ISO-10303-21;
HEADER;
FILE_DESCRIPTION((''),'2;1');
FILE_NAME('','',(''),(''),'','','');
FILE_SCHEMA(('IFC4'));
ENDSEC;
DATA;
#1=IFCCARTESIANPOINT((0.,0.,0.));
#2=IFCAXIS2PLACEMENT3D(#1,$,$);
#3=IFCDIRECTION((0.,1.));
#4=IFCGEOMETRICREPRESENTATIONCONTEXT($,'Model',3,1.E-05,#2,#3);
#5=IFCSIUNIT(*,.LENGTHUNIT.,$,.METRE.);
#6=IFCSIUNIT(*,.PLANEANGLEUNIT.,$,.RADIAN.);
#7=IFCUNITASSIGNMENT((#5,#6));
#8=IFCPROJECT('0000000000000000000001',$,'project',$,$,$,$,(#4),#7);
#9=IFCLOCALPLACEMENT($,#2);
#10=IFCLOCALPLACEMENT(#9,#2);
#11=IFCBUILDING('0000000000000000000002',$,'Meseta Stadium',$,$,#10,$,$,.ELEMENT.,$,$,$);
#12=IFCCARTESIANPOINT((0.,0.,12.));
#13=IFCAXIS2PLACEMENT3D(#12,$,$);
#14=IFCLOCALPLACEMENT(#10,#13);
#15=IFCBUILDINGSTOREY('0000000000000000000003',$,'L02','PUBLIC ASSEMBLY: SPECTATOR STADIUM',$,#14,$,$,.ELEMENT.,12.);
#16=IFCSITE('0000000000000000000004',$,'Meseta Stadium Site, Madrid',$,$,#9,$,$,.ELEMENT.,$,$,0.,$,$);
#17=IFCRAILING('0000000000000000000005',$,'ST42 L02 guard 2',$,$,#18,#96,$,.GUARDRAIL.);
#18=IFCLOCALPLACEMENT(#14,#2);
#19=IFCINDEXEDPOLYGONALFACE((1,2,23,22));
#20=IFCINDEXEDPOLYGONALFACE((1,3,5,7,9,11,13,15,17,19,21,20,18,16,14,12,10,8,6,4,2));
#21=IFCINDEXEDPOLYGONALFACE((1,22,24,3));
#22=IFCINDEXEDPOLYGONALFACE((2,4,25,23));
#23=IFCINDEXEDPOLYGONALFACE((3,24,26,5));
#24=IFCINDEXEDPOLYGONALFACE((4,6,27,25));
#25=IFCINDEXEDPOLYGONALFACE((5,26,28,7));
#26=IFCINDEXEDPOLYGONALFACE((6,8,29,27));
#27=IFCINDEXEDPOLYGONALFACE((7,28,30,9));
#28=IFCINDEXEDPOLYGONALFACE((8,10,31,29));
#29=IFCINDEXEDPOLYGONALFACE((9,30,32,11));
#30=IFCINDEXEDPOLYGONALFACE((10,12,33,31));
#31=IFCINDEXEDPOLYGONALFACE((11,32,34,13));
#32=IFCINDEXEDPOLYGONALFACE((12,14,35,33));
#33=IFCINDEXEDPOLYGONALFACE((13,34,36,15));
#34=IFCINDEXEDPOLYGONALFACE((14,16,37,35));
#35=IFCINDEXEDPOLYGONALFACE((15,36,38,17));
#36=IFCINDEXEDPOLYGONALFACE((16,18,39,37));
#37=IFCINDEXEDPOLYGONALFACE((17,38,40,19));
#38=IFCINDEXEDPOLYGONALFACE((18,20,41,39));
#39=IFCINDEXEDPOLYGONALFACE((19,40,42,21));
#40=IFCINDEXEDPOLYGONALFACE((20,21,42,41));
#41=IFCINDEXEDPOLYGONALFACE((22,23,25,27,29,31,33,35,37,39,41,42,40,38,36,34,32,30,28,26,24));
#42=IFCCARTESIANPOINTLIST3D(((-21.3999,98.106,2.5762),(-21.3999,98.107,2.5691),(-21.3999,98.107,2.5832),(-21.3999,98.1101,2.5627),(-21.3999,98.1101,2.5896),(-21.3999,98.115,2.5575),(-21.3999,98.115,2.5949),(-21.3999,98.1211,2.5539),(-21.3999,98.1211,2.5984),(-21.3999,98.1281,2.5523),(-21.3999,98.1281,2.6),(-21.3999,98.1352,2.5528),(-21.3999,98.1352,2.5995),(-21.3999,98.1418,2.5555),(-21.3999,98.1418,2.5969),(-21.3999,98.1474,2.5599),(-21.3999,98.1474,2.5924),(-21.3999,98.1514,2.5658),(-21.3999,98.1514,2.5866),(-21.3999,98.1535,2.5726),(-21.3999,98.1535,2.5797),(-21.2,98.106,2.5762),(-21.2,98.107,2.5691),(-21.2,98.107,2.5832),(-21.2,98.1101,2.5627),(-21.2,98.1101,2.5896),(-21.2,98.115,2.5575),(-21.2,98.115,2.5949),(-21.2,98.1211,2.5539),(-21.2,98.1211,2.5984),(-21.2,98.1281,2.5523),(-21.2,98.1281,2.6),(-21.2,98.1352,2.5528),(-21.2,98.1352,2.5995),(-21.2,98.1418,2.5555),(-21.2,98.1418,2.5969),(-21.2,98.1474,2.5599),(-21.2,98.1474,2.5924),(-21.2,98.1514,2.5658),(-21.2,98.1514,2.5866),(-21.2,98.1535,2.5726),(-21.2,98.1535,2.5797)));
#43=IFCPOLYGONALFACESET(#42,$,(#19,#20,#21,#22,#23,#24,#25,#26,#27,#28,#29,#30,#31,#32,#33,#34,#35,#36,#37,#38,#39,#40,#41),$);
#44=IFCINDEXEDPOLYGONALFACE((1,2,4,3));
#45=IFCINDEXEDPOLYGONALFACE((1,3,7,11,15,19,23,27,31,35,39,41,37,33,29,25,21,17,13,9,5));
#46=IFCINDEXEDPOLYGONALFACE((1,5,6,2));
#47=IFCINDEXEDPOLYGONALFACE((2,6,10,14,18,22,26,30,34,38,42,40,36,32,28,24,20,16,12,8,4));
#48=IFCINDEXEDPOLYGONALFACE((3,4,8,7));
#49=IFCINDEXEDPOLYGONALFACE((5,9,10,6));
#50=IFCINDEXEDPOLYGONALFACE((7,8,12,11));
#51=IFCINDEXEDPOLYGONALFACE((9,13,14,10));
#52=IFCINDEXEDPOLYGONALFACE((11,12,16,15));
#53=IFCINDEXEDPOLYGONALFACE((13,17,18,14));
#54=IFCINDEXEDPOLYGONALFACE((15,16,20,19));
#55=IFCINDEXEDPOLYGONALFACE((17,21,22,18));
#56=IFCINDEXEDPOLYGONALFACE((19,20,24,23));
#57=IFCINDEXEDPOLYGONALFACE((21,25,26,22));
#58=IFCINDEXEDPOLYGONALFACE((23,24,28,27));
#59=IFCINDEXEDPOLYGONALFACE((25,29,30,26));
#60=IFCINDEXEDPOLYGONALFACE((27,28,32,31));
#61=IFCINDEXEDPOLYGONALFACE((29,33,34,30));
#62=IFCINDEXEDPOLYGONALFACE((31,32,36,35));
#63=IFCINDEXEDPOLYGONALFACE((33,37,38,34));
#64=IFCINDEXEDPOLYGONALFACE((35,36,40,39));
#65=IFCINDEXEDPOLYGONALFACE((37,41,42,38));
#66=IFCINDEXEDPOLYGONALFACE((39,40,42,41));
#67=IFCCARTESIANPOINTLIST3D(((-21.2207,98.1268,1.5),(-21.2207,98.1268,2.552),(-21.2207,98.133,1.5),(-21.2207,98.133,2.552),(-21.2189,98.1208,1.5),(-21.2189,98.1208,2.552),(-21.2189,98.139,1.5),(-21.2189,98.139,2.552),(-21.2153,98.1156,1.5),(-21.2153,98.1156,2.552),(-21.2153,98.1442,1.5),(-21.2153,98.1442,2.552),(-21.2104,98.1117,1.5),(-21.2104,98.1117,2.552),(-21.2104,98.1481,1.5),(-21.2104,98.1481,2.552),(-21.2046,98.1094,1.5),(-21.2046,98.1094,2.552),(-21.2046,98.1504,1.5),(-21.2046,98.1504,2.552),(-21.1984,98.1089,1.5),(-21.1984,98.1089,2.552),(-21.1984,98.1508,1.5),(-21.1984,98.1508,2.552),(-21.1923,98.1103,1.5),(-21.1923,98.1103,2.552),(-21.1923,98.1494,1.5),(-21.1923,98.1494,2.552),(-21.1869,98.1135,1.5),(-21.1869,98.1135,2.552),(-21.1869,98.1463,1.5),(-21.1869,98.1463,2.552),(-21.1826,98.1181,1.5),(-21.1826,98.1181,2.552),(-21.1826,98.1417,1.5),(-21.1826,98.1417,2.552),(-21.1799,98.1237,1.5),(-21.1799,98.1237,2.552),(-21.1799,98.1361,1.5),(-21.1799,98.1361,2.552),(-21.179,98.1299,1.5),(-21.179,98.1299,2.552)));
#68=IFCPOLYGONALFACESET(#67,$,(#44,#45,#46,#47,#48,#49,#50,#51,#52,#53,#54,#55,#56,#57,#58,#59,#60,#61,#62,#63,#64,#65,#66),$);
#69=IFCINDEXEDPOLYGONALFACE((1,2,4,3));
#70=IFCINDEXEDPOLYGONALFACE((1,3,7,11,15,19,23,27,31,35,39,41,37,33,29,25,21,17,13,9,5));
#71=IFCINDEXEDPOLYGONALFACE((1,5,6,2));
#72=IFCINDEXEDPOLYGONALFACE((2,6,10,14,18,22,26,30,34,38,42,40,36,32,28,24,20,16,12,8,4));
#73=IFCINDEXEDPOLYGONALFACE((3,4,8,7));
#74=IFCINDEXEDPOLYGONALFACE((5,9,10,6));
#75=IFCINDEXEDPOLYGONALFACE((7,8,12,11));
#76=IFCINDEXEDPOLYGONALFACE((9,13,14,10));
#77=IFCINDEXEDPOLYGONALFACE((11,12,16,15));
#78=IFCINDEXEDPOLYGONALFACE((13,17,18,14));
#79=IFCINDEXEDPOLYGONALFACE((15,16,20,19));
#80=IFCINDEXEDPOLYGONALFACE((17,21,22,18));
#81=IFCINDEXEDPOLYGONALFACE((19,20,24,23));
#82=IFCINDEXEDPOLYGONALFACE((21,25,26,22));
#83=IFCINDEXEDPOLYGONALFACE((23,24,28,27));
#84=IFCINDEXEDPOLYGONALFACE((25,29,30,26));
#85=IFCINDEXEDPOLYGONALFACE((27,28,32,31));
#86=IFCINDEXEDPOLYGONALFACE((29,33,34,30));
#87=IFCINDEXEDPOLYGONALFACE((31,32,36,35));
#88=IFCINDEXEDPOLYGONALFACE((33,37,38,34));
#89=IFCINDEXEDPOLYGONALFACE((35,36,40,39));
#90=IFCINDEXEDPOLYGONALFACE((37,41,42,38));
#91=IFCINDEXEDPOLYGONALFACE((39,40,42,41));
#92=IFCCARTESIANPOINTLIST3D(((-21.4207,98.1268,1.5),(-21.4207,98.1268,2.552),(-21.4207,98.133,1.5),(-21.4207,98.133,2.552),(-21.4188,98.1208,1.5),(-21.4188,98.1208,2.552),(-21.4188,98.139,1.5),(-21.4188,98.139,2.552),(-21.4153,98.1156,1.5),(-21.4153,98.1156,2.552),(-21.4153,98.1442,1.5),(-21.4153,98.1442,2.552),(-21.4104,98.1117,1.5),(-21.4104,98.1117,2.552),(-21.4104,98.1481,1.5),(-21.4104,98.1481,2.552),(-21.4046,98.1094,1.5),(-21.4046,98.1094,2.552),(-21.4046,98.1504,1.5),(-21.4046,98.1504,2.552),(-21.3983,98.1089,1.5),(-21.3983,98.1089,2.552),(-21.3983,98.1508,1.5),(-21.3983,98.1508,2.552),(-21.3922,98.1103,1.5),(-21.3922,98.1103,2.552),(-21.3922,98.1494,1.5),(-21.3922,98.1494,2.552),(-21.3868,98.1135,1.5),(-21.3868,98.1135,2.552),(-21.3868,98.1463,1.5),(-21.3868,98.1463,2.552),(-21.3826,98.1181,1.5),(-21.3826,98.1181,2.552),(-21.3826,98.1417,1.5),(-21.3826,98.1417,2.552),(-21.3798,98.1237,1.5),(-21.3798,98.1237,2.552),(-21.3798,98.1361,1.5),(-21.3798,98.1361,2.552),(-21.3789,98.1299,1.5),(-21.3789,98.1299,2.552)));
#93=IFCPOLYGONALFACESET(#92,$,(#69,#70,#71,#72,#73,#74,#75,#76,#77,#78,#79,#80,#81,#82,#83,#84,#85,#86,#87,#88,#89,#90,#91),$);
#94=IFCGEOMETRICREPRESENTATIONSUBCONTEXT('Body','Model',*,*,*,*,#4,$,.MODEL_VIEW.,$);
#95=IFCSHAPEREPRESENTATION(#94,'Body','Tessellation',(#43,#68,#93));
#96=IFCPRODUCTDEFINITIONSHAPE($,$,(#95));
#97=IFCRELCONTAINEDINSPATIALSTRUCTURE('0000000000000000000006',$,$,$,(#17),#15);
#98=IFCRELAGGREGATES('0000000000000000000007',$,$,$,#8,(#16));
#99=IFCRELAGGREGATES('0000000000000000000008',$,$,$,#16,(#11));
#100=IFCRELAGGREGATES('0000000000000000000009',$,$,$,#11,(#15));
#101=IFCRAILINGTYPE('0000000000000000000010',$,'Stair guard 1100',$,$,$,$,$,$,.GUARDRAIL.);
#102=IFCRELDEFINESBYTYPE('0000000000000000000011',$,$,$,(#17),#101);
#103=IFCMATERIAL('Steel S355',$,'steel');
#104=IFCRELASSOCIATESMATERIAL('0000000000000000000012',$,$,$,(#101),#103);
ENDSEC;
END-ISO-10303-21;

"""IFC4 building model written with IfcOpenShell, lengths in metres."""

from ifc_helpers import new_model, si_unit, direction, frame, origin, origin_2d, place, context, subcontext, project, spatial, circle, extrude, material, type_object, element, save


model = new_model("IFC4")

# Units and contexts
model_context = context("Model", 3, precision=1e-05, world=origin(), true_north=direction((0.0, 1.0)))
body_context = subcontext(model_context, "Body", "Model", "MODEL_VIEW")
ifc_project = project(units=[si_unit("LENGTHUNIT", "METRE"), si_unit("PLANEANGLEUNIT", "RADIAN")], contexts=[model_context])

# Site, building, storey
site_placement = place(None, origin())
site = spatial("IfcSite", under=ifc_project, at=site_placement, Name="Meseta Stadium Site, Madrid", CompositionType="ELEMENT", RefElevation=0.0)
building_placement = place(site_placement, origin())
building = spatial("IfcBuilding", under=site, at=building_placement, Name="Meseta Stadium", CompositionType="ELEMENT")
storey_placement = place(building_placement, frame((0.0, 0.0, 12.0)))
storey = spatial("IfcBuildingStorey", under=building, at=storey_placement, Name="L02", Description="PUBLIC ASSEMBLY: SPECTATOR STADIUM", CompositionType="ELEMENT", Elevation=12.0)

# Railing
ifc_material_1 = material(Name="Steel S355", Category="steel")
railing_type_1 = type_object("IfcRailingType", Name="Stair guard 1100", PredefinedType="GUARDRAIL", material=ifc_material_1)
railing_1_placement = place(storey_placement, frame((-21.2, 98.1299, 1.5)))
element("IfcRailing", 1, at=railing_1_placement, inside=storey, type_object=railing_type_1, Name="ST42 L02 guard 2", PredefinedType="GUARDRAIL", context=body_context, shape_type="SweptSolid", body=[
    extrude(circle(Radius=0.0239, at=origin_2d()), frame((0.0, 0.0, 1.0762), z_axis=(-1.0, 0.0, 0.0), x_axis=(0.0, -1.0, 0.0)), (0.0, 0.0, 1.0), 0.2),
    extrude(circle(Radius=0.021, at=origin_2d()), origin(), (0.0, 0.0, 1.0), 1.052),
    extrude(circle(Radius=0.021, at=origin_2d()), frame((-0.2, 0.0, 0.0)), (0.0, 0.0, 1.0), 1.052),
])

save(model, "model.ifc")
